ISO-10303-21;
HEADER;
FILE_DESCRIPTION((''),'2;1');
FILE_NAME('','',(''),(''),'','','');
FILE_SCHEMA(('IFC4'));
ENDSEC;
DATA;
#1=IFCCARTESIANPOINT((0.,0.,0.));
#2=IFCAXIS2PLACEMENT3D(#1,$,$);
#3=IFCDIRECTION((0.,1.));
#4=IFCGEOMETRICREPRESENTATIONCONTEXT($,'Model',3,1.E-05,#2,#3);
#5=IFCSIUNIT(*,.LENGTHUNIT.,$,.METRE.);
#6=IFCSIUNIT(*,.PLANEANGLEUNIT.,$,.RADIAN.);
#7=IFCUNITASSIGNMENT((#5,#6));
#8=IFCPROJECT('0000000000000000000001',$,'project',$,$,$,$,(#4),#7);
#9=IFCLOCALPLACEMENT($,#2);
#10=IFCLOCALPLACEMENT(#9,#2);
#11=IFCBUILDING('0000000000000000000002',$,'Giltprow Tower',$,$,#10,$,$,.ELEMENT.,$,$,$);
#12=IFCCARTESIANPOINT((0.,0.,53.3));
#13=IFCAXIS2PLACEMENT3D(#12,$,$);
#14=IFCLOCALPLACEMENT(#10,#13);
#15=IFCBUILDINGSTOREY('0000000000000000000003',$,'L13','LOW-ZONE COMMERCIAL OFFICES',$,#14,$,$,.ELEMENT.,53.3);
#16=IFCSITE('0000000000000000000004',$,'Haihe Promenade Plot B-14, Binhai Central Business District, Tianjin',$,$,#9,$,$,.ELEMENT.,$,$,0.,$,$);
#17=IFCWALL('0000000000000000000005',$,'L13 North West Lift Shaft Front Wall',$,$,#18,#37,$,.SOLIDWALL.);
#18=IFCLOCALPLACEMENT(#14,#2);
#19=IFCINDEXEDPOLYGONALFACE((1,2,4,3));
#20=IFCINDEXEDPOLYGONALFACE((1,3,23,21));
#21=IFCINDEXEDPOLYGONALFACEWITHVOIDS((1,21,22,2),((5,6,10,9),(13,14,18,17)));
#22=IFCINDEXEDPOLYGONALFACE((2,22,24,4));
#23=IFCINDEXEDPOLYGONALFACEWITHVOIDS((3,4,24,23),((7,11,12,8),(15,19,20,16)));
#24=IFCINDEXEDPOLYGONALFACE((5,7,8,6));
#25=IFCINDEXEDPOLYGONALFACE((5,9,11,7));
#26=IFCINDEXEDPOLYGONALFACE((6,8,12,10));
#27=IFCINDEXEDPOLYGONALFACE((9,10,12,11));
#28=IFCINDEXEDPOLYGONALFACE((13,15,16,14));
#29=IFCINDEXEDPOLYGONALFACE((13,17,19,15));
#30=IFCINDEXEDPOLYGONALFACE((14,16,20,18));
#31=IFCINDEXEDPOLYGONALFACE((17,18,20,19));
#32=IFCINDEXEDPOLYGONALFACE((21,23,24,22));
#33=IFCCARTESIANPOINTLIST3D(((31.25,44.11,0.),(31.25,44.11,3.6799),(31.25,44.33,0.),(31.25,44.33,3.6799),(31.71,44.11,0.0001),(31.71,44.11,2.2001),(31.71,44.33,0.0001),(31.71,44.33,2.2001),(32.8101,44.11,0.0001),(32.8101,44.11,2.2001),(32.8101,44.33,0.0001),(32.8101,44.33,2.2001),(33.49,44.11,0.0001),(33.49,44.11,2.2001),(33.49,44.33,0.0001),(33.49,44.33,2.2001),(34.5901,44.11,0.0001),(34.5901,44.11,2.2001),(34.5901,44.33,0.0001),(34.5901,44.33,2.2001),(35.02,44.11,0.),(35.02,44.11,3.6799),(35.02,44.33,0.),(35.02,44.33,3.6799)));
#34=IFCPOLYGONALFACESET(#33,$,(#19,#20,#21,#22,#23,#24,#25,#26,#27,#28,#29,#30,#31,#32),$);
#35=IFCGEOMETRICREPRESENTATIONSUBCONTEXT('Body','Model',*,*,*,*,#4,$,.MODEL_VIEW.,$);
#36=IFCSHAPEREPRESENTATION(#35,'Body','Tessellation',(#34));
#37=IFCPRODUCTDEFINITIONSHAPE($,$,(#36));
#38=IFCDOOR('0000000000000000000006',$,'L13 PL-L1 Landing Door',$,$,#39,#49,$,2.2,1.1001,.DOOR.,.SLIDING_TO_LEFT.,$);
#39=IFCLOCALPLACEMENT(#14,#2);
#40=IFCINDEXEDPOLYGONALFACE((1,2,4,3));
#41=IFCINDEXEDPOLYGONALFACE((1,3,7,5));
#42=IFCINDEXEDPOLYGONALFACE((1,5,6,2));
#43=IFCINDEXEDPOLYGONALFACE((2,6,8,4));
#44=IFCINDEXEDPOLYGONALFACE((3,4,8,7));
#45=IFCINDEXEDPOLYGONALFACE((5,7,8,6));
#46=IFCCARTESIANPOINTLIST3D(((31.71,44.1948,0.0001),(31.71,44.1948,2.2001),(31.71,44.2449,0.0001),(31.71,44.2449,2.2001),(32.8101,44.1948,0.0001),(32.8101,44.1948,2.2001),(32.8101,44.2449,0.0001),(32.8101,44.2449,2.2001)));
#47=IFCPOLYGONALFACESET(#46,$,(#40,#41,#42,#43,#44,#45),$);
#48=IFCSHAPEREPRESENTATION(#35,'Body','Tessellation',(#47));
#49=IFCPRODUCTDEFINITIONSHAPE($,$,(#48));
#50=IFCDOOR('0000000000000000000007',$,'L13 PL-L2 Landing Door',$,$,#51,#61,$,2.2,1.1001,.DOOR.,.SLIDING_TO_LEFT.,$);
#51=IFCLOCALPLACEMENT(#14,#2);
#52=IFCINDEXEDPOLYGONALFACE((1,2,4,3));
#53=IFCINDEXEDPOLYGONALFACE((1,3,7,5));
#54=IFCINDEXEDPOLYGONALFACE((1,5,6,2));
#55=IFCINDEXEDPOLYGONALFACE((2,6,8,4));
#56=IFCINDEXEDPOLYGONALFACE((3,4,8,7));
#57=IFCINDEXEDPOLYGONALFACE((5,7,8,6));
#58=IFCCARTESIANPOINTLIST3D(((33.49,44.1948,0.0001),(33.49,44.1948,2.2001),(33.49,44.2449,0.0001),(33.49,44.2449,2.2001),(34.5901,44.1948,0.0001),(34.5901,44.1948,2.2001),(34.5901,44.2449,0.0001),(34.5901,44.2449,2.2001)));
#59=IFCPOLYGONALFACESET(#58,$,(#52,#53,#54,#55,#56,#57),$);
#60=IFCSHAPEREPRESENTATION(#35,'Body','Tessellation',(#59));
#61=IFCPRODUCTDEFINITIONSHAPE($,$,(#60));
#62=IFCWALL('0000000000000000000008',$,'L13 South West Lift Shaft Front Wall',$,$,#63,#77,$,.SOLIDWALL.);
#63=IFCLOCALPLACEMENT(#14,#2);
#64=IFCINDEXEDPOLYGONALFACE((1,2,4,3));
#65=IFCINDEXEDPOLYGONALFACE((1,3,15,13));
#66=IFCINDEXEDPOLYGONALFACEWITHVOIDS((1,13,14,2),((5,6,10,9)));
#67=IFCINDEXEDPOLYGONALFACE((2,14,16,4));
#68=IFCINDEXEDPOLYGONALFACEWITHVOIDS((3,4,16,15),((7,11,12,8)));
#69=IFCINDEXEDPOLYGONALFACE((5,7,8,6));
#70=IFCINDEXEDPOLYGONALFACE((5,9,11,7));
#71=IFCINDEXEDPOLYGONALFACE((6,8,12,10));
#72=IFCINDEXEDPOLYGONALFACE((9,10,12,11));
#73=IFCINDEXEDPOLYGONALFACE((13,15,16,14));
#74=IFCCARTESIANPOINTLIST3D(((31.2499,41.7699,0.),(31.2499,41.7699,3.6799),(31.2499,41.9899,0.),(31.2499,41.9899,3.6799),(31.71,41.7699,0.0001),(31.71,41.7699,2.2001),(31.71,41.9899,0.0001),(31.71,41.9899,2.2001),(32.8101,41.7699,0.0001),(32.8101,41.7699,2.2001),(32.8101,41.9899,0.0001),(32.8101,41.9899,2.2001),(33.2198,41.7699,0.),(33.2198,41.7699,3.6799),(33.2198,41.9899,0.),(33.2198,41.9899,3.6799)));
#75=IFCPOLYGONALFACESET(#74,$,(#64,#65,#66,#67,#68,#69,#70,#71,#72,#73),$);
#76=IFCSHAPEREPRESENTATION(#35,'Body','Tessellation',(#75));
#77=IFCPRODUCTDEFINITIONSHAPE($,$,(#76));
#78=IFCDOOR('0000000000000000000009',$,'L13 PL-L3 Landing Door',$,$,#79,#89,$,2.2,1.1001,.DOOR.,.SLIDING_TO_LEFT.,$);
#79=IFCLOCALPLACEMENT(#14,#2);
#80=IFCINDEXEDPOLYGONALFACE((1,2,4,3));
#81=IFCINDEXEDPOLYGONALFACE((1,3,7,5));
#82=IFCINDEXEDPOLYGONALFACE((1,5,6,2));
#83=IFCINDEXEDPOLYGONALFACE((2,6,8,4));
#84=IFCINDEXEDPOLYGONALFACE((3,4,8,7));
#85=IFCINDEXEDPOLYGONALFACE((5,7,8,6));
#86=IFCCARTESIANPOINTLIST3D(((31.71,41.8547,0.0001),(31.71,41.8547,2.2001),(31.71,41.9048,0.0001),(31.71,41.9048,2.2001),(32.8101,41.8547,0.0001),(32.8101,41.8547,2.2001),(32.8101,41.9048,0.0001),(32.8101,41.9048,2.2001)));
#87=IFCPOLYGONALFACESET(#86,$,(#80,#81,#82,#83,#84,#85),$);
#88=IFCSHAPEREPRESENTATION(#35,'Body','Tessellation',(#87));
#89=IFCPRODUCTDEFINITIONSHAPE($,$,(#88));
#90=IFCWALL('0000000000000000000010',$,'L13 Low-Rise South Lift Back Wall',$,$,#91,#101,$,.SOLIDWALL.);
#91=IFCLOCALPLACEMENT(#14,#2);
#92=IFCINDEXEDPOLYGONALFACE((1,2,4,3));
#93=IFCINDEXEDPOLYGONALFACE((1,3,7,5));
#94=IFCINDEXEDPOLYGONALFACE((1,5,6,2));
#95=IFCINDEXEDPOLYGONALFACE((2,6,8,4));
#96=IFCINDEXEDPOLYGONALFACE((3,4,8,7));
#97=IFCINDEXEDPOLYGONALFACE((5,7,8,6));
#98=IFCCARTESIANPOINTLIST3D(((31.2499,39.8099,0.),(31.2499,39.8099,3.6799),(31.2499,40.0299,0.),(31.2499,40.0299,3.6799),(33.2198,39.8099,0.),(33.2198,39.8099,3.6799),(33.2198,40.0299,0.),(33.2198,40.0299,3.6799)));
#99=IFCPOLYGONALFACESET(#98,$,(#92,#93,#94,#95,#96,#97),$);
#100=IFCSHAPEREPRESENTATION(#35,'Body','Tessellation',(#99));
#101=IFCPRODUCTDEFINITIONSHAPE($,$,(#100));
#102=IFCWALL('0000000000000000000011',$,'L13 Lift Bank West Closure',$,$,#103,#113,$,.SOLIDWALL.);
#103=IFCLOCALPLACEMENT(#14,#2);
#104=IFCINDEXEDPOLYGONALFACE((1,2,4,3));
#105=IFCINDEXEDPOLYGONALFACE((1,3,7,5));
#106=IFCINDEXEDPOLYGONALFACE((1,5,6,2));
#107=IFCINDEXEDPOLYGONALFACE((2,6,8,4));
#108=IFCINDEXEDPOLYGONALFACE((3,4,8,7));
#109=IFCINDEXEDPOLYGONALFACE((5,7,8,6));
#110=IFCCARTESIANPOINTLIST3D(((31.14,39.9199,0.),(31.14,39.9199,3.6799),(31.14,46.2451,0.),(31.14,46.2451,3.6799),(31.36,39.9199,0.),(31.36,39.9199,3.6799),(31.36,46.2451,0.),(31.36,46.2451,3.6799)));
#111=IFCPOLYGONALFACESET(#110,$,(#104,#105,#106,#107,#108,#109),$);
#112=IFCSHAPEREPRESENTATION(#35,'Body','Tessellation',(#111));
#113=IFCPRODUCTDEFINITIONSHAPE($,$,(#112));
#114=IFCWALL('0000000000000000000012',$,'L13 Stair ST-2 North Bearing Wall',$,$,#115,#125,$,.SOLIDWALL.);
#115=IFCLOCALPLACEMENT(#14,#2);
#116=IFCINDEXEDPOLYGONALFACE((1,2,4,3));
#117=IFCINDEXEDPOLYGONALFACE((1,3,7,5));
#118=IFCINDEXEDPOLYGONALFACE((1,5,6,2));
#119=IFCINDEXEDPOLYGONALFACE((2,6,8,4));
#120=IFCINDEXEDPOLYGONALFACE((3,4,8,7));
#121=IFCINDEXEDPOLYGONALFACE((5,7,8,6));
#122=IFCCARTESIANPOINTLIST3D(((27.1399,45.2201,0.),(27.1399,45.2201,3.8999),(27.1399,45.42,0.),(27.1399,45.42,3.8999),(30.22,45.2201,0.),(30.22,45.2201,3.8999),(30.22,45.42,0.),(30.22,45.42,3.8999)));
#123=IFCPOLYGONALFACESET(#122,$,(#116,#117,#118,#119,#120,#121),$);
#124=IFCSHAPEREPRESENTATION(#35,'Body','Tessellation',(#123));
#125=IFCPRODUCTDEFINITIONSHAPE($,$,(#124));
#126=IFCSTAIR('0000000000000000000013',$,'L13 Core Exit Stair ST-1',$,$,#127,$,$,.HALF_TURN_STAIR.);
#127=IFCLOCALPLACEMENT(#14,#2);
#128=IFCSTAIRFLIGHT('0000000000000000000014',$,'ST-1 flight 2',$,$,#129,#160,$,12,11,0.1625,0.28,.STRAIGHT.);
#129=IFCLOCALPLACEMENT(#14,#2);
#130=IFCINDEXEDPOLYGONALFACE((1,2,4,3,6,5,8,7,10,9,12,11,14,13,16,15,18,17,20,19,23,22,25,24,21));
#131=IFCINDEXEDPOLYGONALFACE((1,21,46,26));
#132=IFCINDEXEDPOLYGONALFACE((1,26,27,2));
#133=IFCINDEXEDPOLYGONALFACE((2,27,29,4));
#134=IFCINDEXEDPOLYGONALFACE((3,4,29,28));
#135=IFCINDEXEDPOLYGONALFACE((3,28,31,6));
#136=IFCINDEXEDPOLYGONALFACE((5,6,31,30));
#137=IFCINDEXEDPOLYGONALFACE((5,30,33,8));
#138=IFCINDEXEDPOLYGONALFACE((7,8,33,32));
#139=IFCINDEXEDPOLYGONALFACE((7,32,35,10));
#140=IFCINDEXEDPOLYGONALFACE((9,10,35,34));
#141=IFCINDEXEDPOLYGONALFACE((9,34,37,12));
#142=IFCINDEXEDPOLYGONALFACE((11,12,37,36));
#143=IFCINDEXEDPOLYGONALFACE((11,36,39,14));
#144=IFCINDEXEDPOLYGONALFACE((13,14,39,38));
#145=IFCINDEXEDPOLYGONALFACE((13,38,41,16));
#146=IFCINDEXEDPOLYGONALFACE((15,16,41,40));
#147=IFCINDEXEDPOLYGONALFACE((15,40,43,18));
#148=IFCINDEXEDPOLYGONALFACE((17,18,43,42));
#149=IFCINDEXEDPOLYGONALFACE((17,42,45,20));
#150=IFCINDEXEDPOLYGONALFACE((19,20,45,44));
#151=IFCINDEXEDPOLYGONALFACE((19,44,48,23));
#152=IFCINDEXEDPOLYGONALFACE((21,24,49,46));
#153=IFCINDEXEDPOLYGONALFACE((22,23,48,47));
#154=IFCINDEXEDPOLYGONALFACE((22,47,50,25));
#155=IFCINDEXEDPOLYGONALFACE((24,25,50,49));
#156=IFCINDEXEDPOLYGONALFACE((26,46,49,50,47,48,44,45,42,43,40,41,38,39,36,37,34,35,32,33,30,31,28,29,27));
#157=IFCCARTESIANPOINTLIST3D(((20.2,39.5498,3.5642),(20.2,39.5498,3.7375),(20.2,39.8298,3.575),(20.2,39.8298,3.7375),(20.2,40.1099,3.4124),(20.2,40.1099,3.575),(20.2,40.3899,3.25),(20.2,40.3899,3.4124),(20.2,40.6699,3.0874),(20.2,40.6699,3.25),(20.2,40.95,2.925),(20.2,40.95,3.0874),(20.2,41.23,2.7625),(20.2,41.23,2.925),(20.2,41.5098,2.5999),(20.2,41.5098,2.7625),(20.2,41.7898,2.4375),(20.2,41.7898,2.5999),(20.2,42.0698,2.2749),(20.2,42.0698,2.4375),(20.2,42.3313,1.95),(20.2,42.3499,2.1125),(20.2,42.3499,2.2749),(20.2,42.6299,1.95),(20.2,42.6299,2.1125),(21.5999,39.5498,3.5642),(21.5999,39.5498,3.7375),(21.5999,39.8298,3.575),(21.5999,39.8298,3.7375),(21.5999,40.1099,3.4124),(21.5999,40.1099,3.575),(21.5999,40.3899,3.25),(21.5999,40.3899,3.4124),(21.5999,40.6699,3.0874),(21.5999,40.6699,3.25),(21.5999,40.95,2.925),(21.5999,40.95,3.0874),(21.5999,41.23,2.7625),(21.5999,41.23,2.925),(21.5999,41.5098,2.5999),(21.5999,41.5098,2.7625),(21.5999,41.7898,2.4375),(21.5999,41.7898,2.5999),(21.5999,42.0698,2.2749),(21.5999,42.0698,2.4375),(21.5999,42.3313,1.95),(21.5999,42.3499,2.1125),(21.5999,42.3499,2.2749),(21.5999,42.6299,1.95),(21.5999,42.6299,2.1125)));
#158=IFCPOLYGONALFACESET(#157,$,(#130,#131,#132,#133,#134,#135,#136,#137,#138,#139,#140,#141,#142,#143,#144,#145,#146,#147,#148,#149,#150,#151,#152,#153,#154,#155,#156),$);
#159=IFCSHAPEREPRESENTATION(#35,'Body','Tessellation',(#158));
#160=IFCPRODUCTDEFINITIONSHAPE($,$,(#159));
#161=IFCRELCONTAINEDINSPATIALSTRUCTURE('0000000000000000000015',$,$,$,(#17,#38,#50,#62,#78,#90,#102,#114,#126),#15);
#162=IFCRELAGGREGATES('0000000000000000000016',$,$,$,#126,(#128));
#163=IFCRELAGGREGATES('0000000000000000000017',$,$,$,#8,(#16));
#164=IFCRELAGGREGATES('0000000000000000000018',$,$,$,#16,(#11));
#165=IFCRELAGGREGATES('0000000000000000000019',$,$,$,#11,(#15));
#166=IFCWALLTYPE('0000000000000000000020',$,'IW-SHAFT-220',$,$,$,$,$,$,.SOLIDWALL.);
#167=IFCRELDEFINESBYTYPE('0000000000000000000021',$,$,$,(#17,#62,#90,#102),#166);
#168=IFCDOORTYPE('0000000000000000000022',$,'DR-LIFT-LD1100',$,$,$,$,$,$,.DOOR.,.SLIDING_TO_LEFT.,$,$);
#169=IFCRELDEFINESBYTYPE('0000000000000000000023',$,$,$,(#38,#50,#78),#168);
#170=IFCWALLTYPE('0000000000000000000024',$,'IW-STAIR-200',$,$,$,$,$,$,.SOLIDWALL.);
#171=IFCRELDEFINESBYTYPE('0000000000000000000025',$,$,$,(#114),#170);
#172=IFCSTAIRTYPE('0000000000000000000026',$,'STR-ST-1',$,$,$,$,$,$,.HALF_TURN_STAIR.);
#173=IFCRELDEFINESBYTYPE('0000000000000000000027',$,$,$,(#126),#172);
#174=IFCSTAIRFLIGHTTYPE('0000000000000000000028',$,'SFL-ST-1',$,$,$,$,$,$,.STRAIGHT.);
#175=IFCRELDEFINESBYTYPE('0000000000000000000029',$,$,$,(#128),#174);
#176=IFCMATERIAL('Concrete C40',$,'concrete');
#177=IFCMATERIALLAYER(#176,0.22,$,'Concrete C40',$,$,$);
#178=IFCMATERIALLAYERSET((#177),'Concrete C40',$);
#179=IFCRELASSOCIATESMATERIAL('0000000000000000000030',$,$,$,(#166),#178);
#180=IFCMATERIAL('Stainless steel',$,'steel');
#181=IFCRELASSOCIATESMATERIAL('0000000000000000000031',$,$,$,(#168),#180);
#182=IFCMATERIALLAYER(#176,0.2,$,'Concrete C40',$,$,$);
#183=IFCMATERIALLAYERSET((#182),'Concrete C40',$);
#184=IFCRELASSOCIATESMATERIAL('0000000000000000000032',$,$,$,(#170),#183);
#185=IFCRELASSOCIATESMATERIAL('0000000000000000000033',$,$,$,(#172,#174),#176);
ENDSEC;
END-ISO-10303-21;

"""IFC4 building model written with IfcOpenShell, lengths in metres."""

from ifc_helpers import new_model, si_unit, direction, frame, frame_2d, origin, place, context, subcontext, project, spatial, polyline, rectangle, outline, extrude, source, transform, mapped, material, layer, layer_set, type_object, element, fill, aggregate, save


model = new_model("IFC4")

# Units and contexts
model_context = context("Model", 3, precision=1e-05, world=origin(), true_north=direction((0.0, 1.0)))
body_context = subcontext(model_context, "Body", "Model", "MODEL_VIEW")
ifc_project = project(units=[si_unit("LENGTHUNIT", "METRE"), si_unit("PLANEANGLEUNIT", "RADIAN")], contexts=[model_context])

# Site, building, storey
site_placement = place(None, origin())
site = spatial("IfcSite", under=ifc_project, at=site_placement, Name="Haihe Promenade Plot B-14, Binhai Central Business District, Tianjin", CompositionType="ELEMENT", RefElevation=0.0)
building_placement = place(site_placement, origin())
building = spatial("IfcBuilding", under=site, at=building_placement, Name="Giltprow Tower", CompositionType="ELEMENT")
storey_placement = place(building_placement, frame((0.0, 0.0, 53.3)))
storey = spatial("IfcBuildingStorey", under=building, at=storey_placement, Name="L13", Description="LOW-ZONE COMMERCIAL OFFICES", CompositionType="ELEMENT", Elevation=53.3)

# Shared definitions
ifc_material_1 = material(Name="Concrete C40", Category="concrete")
ifc_layer_1 = layer(ifc_material_1, 0.22, Name="Concrete C40")
ifc_layer_set_1 = layer_set([ifc_layer_1], Name="Concrete C40")
wall_type_1 = type_object("IfcWallType", Name="IW-SHAFT-220", PredefinedType="SOLIDWALL", material=ifc_layer_set_1)
ifc_material_2 = material(Name="Stainless steel", Category="steel")
door_type = type_object("IfcDoorType", Name="DR-LIFT-LD1100", OperationType="SLIDING_TO_LEFT", PredefinedType="DOOR", material=ifc_material_2)
shared_shape_1 = source(origin(), body_context, "Body", "SweptSolid", [
    extrude(rectangle(XDim=1.1001, YDim=2.2, at=frame_2d((0.55, 1.1001))), frame((0.0, 0.0249, 0.0), z_axis=(0.0, -1.0, 0.0), x_axis=(1.0, 0.0, 0.0)), (0.0, 0.0, 1.0), 0.05),
])

# Wall, openings, doors
wall_1_placement = place(storey_placement, frame((31.25, 44.22, 0.0), z_axis=(0.0, 0.0, 1.0), x_axis=(1.0, 0.0, 0.0)))
wall_1 = element("IfcWall", 1, at=wall_1_placement, inside=storey, type_object=wall_type_1, Name="L13 North West Lift Shaft Front Wall", PredefinedType="SOLIDWALL", context=body_context, shape_type="SweptSolid", body=[
    extrude(rectangle(XDim=3.77, YDim=0.22, at=frame_2d((1.885, 0.0))), origin(), (0.0, 0.0, 1.0), 3.6799),
])
opening_1_placement = place(wall_1_placement, frame((0.46, 0.0, 0.0)))
opening_1 = element("IfcOpeningElement", 2, at=opening_1_placement, cuts=wall_1, PredefinedType="OPENING", context=body_context, shape_type="SweptSolid", body=[
    extrude(rectangle(XDim=1.1001, YDim=2.2, at=frame_2d((0.55, 1.1001))), frame((0.0, 0.1199, 0.0), z_axis=(0.0, -1.0, 0.0), x_axis=(1.0, 0.0, 0.0)), (0.0, 0.0, 1.0), 0.24),
])
opening_2_placement = place(wall_1_placement, frame((2.24, 0.0, 0.0)))
opening_2 = element("IfcOpeningElement", 3, at=opening_2_placement, cuts=wall_1, PredefinedType="OPENING", context=body_context, shape_type="SweptSolid", body=[
    extrude(rectangle(XDim=1.1001, YDim=2.2, at=frame_2d((0.55, 1.1001))), frame((0.0, 0.1199, 0.0), z_axis=(0.0, -1.0, 0.0), x_axis=(1.0, 0.0, 0.0)), (0.0, 0.0, 1.0), 0.24),
])
door_1_placement = place(opening_1_placement, origin())
door_1 = element("IfcDoor", 4, at=door_1_placement, inside=storey, type_object=door_type, Name="L13 PL-L1 Landing Door", OperationType="SLIDING_TO_LEFT", OverallHeight=2.2, OverallWidth=1.1001, PredefinedType="DOOR", context=body_context, shape_type="MappedRepresentation", body=[
    mapped(shared_shape_1, transform((0.0, 0.0, 0.0), x_axis=(1.0, 0.0, 0.0), y_axis=(0.0, 1.0, 0.0), z_axis=(0.0, 0.0, 1.0), scale=1.0)),
])
fill(opening_1, door_1)
door_2_placement = place(opening_2_placement, origin())
door_2 = element("IfcDoor", 5, at=door_2_placement, inside=storey, type_object=door_type, Name="L13 PL-L2 Landing Door", OperationType="SLIDING_TO_LEFT", OverallHeight=2.2, OverallWidth=1.1001, PredefinedType="DOOR", context=body_context, shape_type="MappedRepresentation", body=[
    mapped(shared_shape_1, transform((0.0, 0.0, 0.0), x_axis=(1.0, 0.0, 0.0), y_axis=(0.0, 1.0, 0.0), z_axis=(0.0, 0.0, 1.0), scale=1.0)),
])
fill(opening_2, door_2)

# Wall, opening, door
wall_2_placement = place(storey_placement, frame((31.25, 41.8799, 0.0), z_axis=(0.0, 0.0, 1.0), x_axis=(1.0, 0.0, 0.0)))
wall_2 = element("IfcWall", 6, at=wall_2_placement, inside=storey, type_object=wall_type_1, Name="L13 South West Lift Shaft Front Wall", PredefinedType="SOLIDWALL", context=body_context, shape_type="SweptSolid", body=[
    extrude(rectangle(XDim=1.97, YDim=0.22, at=frame_2d((0.9849, 0.0))), origin(), (0.0, 0.0, 1.0), 3.6799),
])
opening_3_placement = place(wall_2_placement, frame((0.46, 0.0, 0.0)))
opening_3 = element("IfcOpeningElement", 7, at=opening_3_placement, cuts=wall_2, PredefinedType="OPENING", context=body_context, shape_type="SweptSolid", body=[
    extrude(rectangle(XDim=1.1001, YDim=2.2, at=frame_2d((0.55, 1.1001))), frame((0.0, 0.1199, 0.0), z_axis=(0.0, -1.0, 0.0), x_axis=(1.0, 0.0, 0.0)), (0.0, 0.0, 1.0), 0.24),
])
door_3_placement = place(opening_3_placement, origin())
door_3 = element("IfcDoor", 8, at=door_3_placement, inside=storey, type_object=door_type, Name="L13 PL-L3 Landing Door", OperationType="SLIDING_TO_LEFT", OverallHeight=2.2, OverallWidth=1.1001, PredefinedType="DOOR", context=body_context, shape_type="MappedRepresentation", body=[
    mapped(shared_shape_1, transform((0.0, 0.0, 0.0), x_axis=(1.0, 0.0, 0.0), y_axis=(0.0, 1.0, 0.0), z_axis=(0.0, 0.0, 1.0), scale=1.0)),
])
fill(opening_3, door_3)

# Walls
wall_3_placement = place(storey_placement, frame((31.25, 39.9199, 0.0), z_axis=(0.0, 0.0, 1.0), x_axis=(1.0, 0.0, 0.0)))
element("IfcWall", 9, at=wall_3_placement, inside=storey, type_object=wall_type_1, Name="L13 Low-Rise South Lift Back Wall", PredefinedType="SOLIDWALL", context=body_context, shape_type="SweptSolid", body=[
    extrude(rectangle(XDim=1.97, YDim=0.22, at=frame_2d((0.9849, 0.0))), origin(), (0.0, 0.0, 1.0), 3.6799),
])
wall_4_placement = place(storey_placement, frame((31.25, 39.9199, 0.0), z_axis=(0.0, 0.0, 1.0), x_axis=(0.0, 1.0, 0.0)))
element("IfcWall", 10, at=wall_4_placement, inside=storey, type_object=wall_type_1, Name="L13 Lift Bank West Closure", PredefinedType="SOLIDWALL", context=body_context, shape_type="SweptSolid", body=[
    extrude(rectangle(XDim=6.3252, YDim=0.22, at=frame_2d((3.1626, 0.0))), origin(), (0.0, 0.0, 1.0), 3.6799),
])
ifc_layer_2 = layer(ifc_material_1, 0.2, Name="Concrete C40")
ifc_layer_set_2 = layer_set([ifc_layer_2], Name="Concrete C40")
wall_type_2 = type_object("IfcWallType", Name="IW-STAIR-200", PredefinedType="SOLIDWALL", material=ifc_layer_set_2)
wall_5_placement = place(storey_placement, frame((27.1399, 45.3201, 0.0), z_axis=(0.0, 0.0, 1.0), x_axis=(1.0, 0.0, 0.0)))
element("IfcWall", 11, at=wall_5_placement, inside=storey, type_object=wall_type_2, Name="L13 Stair ST-2 North Bearing Wall", PredefinedType="SOLIDWALL", context=body_context, shape_type="SweptSolid", body=[
    extrude(rectangle(XDim=3.0801, YDim=0.2, at=frame_2d((1.54, 0.0))), origin(), (0.0, 0.0, 1.0), 3.8999),
])

# Stair, stair flight
stair_type_1 = type_object("IfcStairType", Name="STR-ST-1", PredefinedType="HALF_TURN_STAIR", material=ifc_material_1)
stair_1_placement = place(storey_placement, origin())
stair_1 = element("IfcStair", 12, at=stair_1_placement, inside=storey, type_object=stair_type_1, Name="L13 Core Exit Stair ST-1", PredefinedType="HALF_TURN_STAIR")
stair_flight_type_1 = type_object("IfcStairFlightType", Name="SFL-ST-1", PredefinedType="STRAIGHT", material=ifc_material_1)
stair_flight_1_placement = place(storey_placement, frame((20.8999, 42.6299, 1.95), z_axis=(0.0, 0.0, 1.0), x_axis=(0.0, -1.0, 0.0)))
stair_flight_1 = element("IfcStairFlight", 13, at=stair_flight_1_placement, type_object=stair_flight_type_1, Name="ST-1 flight 2", NumberOfRisers=12, NumberOfTreads=11, PredefinedType="STRAIGHT", RiserHeight=0.1625, TreadLength=0.28, context=body_context, shape_type="SweptSolid", body=[
    extrude(outline(polyline([(0.0, 0.0), (0.0, 0.1626), (0.28, 0.1626), (0.28, 0.325), (0.5601, 0.325), (0.5601, 0.4875), (0.8401, 0.4875), (0.8401, 0.6499), (1.1201, 0.6499), (1.1201, 0.8125), (1.3999, 0.8125), (1.3999, 0.9751), (1.6799, 0.9751), (1.6799, 1.1375), (1.96, 1.1375), (1.96, 1.3), (2.24, 1.3), (2.24, 1.4624), (2.52, 1.4624), (2.52, 1.625), (2.8, 1.625), (2.8, 1.7876), (3.0801, 1.7876), (3.0801, 1.95), (3.0801, 1.6143), (0.2986, 0.0), (0.0, 0.0)])), frame((0.0, 0.7, 0.0), z_axis=(0.0, -1.0, 0.0), x_axis=(1.0, 0.0, 0.0)), (0.0, 0.0, 1.0), 1.3999),
])
aggregate(stair_1, [stair_flight_1])

save(model, "model.ifc")
